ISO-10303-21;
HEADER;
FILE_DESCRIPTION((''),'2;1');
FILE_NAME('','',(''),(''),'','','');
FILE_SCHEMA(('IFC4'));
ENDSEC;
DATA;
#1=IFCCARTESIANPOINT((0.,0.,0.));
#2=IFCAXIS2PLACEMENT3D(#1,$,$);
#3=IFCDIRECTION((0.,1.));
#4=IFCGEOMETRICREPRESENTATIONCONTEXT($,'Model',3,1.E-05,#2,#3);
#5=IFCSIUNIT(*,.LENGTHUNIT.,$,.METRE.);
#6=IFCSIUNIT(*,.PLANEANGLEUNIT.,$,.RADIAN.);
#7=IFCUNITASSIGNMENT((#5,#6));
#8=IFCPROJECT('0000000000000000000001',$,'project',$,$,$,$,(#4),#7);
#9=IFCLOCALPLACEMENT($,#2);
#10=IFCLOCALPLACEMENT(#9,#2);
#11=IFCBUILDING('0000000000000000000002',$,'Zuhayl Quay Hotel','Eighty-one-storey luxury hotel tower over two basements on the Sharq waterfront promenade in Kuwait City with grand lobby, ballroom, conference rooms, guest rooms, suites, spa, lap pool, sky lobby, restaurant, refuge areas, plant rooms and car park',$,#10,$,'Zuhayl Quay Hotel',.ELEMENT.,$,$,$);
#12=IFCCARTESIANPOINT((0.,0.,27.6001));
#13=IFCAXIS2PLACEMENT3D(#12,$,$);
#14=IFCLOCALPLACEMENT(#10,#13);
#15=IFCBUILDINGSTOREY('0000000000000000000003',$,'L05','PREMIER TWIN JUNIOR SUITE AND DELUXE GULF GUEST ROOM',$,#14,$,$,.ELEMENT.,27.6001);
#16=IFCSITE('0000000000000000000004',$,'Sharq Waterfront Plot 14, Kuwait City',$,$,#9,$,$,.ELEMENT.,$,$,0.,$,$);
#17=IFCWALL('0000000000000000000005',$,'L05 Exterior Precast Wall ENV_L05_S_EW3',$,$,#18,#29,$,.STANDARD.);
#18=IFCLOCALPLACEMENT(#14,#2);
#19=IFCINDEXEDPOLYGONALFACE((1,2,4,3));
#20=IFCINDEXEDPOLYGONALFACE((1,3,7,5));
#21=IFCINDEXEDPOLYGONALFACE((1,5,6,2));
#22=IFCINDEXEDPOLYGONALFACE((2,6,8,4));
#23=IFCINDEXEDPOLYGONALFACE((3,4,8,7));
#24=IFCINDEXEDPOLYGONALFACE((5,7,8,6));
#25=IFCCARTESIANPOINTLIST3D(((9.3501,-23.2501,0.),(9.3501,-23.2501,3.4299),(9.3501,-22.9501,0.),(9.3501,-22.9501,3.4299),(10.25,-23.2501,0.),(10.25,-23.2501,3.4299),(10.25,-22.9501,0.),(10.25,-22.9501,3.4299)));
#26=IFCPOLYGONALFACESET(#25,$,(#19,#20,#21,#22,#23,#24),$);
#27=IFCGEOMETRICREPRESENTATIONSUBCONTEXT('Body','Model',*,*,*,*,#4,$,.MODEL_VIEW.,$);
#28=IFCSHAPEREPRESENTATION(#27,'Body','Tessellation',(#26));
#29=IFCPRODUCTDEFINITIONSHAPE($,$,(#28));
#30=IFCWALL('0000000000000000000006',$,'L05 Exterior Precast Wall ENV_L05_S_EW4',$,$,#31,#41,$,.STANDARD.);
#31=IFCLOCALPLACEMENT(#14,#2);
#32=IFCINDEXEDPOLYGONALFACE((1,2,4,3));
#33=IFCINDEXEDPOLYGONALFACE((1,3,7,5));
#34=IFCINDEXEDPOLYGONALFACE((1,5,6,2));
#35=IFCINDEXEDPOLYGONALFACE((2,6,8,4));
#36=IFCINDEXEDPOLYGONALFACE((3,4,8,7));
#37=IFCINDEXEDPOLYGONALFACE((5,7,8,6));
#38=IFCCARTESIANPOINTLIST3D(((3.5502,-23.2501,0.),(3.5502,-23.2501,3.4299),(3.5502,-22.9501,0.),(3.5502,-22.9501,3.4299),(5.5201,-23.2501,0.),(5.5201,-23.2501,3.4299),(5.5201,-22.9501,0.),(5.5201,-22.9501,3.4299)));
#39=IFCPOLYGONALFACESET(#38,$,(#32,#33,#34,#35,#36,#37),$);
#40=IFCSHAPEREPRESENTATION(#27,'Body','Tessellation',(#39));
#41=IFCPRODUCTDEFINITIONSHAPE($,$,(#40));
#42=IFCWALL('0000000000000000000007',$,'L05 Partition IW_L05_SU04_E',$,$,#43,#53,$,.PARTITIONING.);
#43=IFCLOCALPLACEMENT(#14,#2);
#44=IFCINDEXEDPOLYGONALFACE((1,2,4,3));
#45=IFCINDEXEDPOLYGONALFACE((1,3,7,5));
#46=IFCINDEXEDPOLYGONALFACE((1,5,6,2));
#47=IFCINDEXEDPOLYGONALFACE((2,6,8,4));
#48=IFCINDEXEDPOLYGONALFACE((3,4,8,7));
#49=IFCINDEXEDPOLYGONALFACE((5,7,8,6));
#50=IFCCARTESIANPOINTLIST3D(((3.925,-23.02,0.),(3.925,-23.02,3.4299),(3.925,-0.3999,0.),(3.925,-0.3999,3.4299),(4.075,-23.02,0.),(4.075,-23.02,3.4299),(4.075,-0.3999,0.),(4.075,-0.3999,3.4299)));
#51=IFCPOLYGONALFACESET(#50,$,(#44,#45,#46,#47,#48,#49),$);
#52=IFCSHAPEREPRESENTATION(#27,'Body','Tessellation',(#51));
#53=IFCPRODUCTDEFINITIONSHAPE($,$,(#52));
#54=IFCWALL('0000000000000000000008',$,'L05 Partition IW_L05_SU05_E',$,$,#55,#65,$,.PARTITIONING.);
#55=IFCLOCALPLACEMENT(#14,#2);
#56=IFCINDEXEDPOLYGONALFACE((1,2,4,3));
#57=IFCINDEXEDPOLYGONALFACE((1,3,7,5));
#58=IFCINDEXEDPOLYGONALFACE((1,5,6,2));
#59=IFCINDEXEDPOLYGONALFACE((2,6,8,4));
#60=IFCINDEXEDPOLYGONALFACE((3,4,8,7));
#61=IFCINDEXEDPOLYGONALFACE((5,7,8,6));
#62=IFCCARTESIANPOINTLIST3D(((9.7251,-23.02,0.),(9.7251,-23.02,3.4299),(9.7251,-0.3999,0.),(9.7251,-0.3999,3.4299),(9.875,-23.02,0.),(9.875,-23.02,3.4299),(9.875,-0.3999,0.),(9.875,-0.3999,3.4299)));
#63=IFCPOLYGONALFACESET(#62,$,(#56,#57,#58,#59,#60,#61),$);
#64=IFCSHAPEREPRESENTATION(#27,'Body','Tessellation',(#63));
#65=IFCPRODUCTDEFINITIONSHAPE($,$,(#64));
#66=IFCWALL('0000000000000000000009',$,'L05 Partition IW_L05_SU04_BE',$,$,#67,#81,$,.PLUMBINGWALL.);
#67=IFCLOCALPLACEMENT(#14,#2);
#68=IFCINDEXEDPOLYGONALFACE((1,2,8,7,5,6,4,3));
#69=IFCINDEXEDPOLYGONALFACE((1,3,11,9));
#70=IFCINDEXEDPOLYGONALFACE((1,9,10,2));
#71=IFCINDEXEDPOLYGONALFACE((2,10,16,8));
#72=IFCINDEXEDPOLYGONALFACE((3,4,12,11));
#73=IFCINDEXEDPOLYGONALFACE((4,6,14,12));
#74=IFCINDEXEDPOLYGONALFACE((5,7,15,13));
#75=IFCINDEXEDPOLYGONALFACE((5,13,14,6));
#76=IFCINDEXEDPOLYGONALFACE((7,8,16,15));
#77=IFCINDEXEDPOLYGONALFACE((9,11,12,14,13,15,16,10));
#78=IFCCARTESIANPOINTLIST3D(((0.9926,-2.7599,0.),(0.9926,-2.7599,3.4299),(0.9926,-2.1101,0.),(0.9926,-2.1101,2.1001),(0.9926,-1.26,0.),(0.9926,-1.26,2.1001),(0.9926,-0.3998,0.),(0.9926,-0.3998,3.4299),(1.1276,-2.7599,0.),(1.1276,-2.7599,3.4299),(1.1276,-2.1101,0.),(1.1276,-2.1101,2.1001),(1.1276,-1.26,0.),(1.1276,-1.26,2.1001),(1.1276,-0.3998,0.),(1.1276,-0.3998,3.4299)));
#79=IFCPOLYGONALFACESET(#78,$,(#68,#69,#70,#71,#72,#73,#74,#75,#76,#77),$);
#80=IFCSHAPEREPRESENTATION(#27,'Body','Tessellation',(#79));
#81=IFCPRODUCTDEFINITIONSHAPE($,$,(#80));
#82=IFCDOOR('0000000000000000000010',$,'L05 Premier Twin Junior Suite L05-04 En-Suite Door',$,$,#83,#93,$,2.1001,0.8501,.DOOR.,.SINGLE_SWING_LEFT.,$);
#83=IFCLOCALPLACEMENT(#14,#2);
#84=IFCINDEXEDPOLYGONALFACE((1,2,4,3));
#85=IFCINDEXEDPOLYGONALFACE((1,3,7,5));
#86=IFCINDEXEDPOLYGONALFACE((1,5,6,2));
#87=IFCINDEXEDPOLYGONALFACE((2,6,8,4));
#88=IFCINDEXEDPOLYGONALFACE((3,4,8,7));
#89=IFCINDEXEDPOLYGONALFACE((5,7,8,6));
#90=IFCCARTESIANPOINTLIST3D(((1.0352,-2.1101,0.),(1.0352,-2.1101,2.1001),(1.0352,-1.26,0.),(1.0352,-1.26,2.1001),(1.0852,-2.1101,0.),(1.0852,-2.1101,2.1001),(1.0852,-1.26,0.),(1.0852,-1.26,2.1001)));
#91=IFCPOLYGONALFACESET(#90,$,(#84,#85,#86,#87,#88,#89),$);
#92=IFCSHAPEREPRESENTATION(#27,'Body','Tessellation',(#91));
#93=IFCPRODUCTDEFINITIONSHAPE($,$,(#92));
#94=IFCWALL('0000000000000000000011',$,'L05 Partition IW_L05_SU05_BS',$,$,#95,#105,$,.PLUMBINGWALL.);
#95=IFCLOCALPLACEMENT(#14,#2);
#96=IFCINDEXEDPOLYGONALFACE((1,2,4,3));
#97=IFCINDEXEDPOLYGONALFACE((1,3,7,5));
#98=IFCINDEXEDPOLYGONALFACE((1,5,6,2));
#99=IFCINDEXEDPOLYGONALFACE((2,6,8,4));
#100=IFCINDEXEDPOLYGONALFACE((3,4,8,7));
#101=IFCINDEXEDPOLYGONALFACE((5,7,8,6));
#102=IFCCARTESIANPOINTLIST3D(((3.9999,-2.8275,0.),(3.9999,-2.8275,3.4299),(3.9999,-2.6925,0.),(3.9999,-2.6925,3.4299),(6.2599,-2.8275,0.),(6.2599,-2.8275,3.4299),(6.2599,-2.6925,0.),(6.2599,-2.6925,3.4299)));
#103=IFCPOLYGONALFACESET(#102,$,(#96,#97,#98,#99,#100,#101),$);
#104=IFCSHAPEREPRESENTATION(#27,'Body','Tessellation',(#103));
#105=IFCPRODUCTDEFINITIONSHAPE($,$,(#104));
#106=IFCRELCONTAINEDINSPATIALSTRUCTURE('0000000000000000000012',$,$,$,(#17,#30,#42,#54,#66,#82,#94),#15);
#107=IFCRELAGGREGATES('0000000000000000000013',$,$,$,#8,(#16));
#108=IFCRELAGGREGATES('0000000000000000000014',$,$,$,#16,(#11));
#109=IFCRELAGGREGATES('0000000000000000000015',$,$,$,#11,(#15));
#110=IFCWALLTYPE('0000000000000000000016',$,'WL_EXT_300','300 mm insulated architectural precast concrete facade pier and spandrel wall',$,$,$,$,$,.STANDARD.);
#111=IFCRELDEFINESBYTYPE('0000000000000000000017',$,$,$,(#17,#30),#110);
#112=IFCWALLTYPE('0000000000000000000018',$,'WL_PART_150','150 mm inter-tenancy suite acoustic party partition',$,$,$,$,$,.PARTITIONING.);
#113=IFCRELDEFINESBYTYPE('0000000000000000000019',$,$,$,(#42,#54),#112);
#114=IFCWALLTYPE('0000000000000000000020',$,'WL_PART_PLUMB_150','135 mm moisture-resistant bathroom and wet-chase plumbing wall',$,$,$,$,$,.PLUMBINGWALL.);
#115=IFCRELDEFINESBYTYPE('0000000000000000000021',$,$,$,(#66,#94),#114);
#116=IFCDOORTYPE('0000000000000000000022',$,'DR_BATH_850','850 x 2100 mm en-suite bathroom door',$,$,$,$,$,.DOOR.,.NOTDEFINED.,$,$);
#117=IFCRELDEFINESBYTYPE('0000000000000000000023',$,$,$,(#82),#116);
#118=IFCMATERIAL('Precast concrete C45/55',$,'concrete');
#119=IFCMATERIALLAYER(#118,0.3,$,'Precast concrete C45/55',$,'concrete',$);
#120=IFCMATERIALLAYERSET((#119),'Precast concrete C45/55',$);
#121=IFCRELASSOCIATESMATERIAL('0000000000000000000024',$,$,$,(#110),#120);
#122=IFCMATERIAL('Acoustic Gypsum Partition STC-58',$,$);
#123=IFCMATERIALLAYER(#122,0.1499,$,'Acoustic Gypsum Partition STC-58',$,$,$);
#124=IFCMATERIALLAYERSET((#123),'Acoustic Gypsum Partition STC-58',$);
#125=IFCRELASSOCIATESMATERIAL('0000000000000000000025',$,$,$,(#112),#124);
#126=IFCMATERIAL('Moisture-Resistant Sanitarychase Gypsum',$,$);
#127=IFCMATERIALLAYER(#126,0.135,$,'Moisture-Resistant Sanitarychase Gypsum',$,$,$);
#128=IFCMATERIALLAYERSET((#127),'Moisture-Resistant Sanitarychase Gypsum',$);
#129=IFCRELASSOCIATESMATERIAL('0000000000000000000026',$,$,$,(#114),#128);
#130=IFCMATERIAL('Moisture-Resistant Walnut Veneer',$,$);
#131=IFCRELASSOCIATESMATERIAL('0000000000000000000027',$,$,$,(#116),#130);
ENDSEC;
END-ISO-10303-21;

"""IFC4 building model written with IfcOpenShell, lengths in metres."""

from ifc_helpers import new_model, si_unit, direction, frame, frame_2d, origin, place, context, subcontext, project, spatial, rectangle, extrude, material, layer, layer_set, type_object, element, fill, save


model = new_model("IFC4")

# Units and contexts
model_context = context("Model", 3, precision=1e-05, world=origin(), true_north=direction((0.0, 1.0)))
body_context = subcontext(model_context, "Body", "Model", "MODEL_VIEW")
ifc_project = project(units=[si_unit("LENGTHUNIT", "METRE"), si_unit("PLANEANGLEUNIT", "RADIAN")], contexts=[model_context])

# Site, building, storey
site_placement = place(None, origin())
site = spatial("IfcSite", under=ifc_project, at=site_placement, Name="Sharq Waterfront Plot 14, Kuwait City", CompositionType="ELEMENT", RefElevation=0.0)
building_placement = place(site_placement, origin())
building = spatial("IfcBuilding", under=site, at=building_placement, Name="Zuhayl Quay Hotel", Description="Eighty-one-storey luxury hotel tower over two basements on the Sharq waterfront promenade in Kuwait City with grand lobby, ballroom, conference rooms, guest rooms, suites, spa, lap pool, sky lobby, restaurant, refuge areas, plant rooms and car park", LongName="Zuhayl Quay Hotel", CompositionType="ELEMENT")
storey_placement = place(building_placement, frame((0.0, 0.0, 27.6001)))
storey = spatial("IfcBuildingStorey", under=building, at=storey_placement, Name="L05", Description="PREMIER TWIN JUNIOR SUITE AND DELUXE GULF GUEST ROOM", CompositionType="ELEMENT", Elevation=27.6001)

# Walls
ifc_material_1 = material(Name="Precast concrete C45/55", Category="concrete")
ifc_layer_1 = layer(ifc_material_1, 0.3, Name="Precast concrete C45/55", Category="concrete")
ifc_layer_set_1 = layer_set([ifc_layer_1], Name="Precast concrete C45/55")
wall_type_1 = type_object("IfcWallType", Name="WL_EXT_300", Description="300 mm insulated architectural precast concrete facade pier and spandrel wall", PredefinedType="STANDARD", material=ifc_layer_set_1)
wall_1_placement = place(storey_placement, frame((10.25, -23.1001, 0.0), z_axis=(0.0, 0.0, 1.0), x_axis=(-1.0, 0.0, 0.0)))
element("IfcWall", 1, at=wall_1_placement, inside=storey, type_object=wall_type_1, Name="L05 Exterior Precast Wall ENV_L05_S_EW3", PredefinedType="STANDARD", context=body_context, shape_type="SweptSolid", body=[
    extrude(rectangle(XDim=0.8999, YDim=0.3, at=frame_2d((0.45, 0.0))), origin(), (0.0, 0.0, 1.0), 3.4299),
])
wall_2_placement = place(storey_placement, frame((5.52, -23.1001, 0.0), z_axis=(0.0, 0.0, 1.0), x_axis=(-1.0, 0.0, 0.0)))
element("IfcWall", 2, at=wall_2_placement, inside=storey, type_object=wall_type_1, Name="L05 Exterior Precast Wall ENV_L05_S_EW4", PredefinedType="STANDARD", context=body_context, shape_type="SweptSolid", body=[
    extrude(rectangle(XDim=1.97, YDim=0.3, at=frame_2d((0.9849, 0.0))), origin(), (0.0, 0.0, 1.0), 3.4299),
])
ifc_material_2 = material(Name="Acoustic Gypsum Partition STC-58")
ifc_layer_2 = layer(ifc_material_2, 0.1499, Name="Acoustic Gypsum Partition STC-58")
ifc_layer_set_2 = layer_set([ifc_layer_2], Name="Acoustic Gypsum Partition STC-58")
wall_type_2 = type_object("IfcWallType", Name="WL_PART_150", Description="150 mm inter-tenancy suite acoustic party partition", PredefinedType="PARTITIONING", material=ifc_layer_set_2)
for number, where, z_axis, x_axis, name in (
    (3, (4.0, -23.02, 0.0), (0.0, 0.0, 1.0), (0.0, 1.0, 0.0), "L05 Partition IW_L05_SU04_E"),
    (4, (9.8, -23.02, 0.0), (0.0, 0.0, 1.0), (0.0, 1.0, 0.0), "L05 Partition IW_L05_SU05_E"),
):
    element("IfcWall", number, at=place(storey_placement, frame(where, z_axis=z_axis, x_axis=x_axis)), inside=storey, type_object=wall_type_2, Name=name, PredefinedType="PARTITIONING", context=body_context, shape_type="SweptSolid", body=[
        extrude(rectangle(XDim=22.6201, YDim=0.1499, at=frame_2d((11.3101, 0.0))), origin(), (0.0, 0.0, 1.0), 3.4299),
    ])

# Wall, opening, door
ifc_material_3 = material(Name="Moisture-Resistant Sanitarychase Gypsum")
ifc_layer_3 = layer(ifc_material_3, 0.135, Name="Moisture-Resistant Sanitarychase Gypsum")
ifc_layer_set_3 = layer_set([ifc_layer_3], Name="Moisture-Resistant Sanitarychase Gypsum")
wall_type_3 = type_object("IfcWallType", Name="WL_PART_PLUMB_150", Description="135 mm moisture-resistant bathroom and wet-chase plumbing wall", PredefinedType="PLUMBINGWALL", material=ifc_layer_set_3)
wall_3_placement = place(storey_placement, frame((1.0601, -2.76, 0.0), z_axis=(0.0, 0.0, 1.0), x_axis=(0.0, 1.0, 0.0)))
wall_3 = element("IfcWall", 5, at=wall_3_placement, inside=storey, type_object=wall_type_3, Name="L05 Partition IW_L05_SU04_BE", PredefinedType="PLUMBINGWALL", context=body_context, shape_type="SweptSolid", body=[
    extrude(rectangle(XDim=2.3601, YDim=0.135, at=frame_2d((1.1802, 0.0))), origin(), (0.0, 0.0, 1.0), 3.4299),
])
opening_placement = place(wall_3_placement, frame((0.6499, 0.0, 0.0)))
opening = element("IfcOpeningElement", 6, at=opening_placement, cuts=wall_3, PredefinedType="OPENING", context=body_context, shape_type="SweptSolid", body=[
    extrude(rectangle(XDim=0.8501, YDim=2.1001, at=frame_2d((0.425, 1.05))), frame((0.0, 0.0774, 0.0), z_axis=(0.0, -1.0, 0.0), x_axis=(1.0, 0.0, 0.0)), (0.0, 0.0, 1.0), 0.155),
])
ifc_material_4 = material(Name="Moisture-Resistant Walnut Veneer")
door_type = type_object("IfcDoorType", Name="DR_BATH_850", Description="850 x 2100 mm en-suite bathroom door", OperationType="NOTDEFINED", PredefinedType="DOOR", material=ifc_material_4)
door_placement = place(opening_placement, origin())
door = element("IfcDoor", 7, at=door_placement, inside=storey, type_object=door_type, Name="L05 Premier Twin Junior Suite L05-04 En-Suite Door", OperationType="SINGLE_SWING_LEFT", OverallHeight=2.1001, OverallWidth=0.8501, PredefinedType="DOOR", context=body_context, shape_type="SweptSolid", body=[
    extrude(rectangle(XDim=0.8501, YDim=2.1001, at=frame_2d((0.425, 1.05))), frame((0.0, 0.0249, 0.0), z_axis=(0.0, -1.0, 0.0), x_axis=(1.0, 0.0, 0.0)), (0.0, 0.0, 1.0), 0.05),
])
fill(opening, door)

# Wall
wall_4_placement = place(storey_placement, frame((4.0, -2.76, 0.0), z_axis=(0.0, 0.0, 1.0), x_axis=(1.0, 0.0, 0.0)))
element("IfcWall", 8, at=wall_4_placement, inside=storey, type_object=wall_type_3, Name="L05 Partition IW_L05_SU05_BS", PredefinedType="PLUMBINGWALL", context=body_context, shape_type="SweptSolid", body=[
    extrude(rectangle(XDim=2.26, YDim=0.135, at=frame_2d((1.1299, 0.0))), origin(), (0.0, 0.0, 1.0), 3.4299),
])

save(model, "model.ifc")
